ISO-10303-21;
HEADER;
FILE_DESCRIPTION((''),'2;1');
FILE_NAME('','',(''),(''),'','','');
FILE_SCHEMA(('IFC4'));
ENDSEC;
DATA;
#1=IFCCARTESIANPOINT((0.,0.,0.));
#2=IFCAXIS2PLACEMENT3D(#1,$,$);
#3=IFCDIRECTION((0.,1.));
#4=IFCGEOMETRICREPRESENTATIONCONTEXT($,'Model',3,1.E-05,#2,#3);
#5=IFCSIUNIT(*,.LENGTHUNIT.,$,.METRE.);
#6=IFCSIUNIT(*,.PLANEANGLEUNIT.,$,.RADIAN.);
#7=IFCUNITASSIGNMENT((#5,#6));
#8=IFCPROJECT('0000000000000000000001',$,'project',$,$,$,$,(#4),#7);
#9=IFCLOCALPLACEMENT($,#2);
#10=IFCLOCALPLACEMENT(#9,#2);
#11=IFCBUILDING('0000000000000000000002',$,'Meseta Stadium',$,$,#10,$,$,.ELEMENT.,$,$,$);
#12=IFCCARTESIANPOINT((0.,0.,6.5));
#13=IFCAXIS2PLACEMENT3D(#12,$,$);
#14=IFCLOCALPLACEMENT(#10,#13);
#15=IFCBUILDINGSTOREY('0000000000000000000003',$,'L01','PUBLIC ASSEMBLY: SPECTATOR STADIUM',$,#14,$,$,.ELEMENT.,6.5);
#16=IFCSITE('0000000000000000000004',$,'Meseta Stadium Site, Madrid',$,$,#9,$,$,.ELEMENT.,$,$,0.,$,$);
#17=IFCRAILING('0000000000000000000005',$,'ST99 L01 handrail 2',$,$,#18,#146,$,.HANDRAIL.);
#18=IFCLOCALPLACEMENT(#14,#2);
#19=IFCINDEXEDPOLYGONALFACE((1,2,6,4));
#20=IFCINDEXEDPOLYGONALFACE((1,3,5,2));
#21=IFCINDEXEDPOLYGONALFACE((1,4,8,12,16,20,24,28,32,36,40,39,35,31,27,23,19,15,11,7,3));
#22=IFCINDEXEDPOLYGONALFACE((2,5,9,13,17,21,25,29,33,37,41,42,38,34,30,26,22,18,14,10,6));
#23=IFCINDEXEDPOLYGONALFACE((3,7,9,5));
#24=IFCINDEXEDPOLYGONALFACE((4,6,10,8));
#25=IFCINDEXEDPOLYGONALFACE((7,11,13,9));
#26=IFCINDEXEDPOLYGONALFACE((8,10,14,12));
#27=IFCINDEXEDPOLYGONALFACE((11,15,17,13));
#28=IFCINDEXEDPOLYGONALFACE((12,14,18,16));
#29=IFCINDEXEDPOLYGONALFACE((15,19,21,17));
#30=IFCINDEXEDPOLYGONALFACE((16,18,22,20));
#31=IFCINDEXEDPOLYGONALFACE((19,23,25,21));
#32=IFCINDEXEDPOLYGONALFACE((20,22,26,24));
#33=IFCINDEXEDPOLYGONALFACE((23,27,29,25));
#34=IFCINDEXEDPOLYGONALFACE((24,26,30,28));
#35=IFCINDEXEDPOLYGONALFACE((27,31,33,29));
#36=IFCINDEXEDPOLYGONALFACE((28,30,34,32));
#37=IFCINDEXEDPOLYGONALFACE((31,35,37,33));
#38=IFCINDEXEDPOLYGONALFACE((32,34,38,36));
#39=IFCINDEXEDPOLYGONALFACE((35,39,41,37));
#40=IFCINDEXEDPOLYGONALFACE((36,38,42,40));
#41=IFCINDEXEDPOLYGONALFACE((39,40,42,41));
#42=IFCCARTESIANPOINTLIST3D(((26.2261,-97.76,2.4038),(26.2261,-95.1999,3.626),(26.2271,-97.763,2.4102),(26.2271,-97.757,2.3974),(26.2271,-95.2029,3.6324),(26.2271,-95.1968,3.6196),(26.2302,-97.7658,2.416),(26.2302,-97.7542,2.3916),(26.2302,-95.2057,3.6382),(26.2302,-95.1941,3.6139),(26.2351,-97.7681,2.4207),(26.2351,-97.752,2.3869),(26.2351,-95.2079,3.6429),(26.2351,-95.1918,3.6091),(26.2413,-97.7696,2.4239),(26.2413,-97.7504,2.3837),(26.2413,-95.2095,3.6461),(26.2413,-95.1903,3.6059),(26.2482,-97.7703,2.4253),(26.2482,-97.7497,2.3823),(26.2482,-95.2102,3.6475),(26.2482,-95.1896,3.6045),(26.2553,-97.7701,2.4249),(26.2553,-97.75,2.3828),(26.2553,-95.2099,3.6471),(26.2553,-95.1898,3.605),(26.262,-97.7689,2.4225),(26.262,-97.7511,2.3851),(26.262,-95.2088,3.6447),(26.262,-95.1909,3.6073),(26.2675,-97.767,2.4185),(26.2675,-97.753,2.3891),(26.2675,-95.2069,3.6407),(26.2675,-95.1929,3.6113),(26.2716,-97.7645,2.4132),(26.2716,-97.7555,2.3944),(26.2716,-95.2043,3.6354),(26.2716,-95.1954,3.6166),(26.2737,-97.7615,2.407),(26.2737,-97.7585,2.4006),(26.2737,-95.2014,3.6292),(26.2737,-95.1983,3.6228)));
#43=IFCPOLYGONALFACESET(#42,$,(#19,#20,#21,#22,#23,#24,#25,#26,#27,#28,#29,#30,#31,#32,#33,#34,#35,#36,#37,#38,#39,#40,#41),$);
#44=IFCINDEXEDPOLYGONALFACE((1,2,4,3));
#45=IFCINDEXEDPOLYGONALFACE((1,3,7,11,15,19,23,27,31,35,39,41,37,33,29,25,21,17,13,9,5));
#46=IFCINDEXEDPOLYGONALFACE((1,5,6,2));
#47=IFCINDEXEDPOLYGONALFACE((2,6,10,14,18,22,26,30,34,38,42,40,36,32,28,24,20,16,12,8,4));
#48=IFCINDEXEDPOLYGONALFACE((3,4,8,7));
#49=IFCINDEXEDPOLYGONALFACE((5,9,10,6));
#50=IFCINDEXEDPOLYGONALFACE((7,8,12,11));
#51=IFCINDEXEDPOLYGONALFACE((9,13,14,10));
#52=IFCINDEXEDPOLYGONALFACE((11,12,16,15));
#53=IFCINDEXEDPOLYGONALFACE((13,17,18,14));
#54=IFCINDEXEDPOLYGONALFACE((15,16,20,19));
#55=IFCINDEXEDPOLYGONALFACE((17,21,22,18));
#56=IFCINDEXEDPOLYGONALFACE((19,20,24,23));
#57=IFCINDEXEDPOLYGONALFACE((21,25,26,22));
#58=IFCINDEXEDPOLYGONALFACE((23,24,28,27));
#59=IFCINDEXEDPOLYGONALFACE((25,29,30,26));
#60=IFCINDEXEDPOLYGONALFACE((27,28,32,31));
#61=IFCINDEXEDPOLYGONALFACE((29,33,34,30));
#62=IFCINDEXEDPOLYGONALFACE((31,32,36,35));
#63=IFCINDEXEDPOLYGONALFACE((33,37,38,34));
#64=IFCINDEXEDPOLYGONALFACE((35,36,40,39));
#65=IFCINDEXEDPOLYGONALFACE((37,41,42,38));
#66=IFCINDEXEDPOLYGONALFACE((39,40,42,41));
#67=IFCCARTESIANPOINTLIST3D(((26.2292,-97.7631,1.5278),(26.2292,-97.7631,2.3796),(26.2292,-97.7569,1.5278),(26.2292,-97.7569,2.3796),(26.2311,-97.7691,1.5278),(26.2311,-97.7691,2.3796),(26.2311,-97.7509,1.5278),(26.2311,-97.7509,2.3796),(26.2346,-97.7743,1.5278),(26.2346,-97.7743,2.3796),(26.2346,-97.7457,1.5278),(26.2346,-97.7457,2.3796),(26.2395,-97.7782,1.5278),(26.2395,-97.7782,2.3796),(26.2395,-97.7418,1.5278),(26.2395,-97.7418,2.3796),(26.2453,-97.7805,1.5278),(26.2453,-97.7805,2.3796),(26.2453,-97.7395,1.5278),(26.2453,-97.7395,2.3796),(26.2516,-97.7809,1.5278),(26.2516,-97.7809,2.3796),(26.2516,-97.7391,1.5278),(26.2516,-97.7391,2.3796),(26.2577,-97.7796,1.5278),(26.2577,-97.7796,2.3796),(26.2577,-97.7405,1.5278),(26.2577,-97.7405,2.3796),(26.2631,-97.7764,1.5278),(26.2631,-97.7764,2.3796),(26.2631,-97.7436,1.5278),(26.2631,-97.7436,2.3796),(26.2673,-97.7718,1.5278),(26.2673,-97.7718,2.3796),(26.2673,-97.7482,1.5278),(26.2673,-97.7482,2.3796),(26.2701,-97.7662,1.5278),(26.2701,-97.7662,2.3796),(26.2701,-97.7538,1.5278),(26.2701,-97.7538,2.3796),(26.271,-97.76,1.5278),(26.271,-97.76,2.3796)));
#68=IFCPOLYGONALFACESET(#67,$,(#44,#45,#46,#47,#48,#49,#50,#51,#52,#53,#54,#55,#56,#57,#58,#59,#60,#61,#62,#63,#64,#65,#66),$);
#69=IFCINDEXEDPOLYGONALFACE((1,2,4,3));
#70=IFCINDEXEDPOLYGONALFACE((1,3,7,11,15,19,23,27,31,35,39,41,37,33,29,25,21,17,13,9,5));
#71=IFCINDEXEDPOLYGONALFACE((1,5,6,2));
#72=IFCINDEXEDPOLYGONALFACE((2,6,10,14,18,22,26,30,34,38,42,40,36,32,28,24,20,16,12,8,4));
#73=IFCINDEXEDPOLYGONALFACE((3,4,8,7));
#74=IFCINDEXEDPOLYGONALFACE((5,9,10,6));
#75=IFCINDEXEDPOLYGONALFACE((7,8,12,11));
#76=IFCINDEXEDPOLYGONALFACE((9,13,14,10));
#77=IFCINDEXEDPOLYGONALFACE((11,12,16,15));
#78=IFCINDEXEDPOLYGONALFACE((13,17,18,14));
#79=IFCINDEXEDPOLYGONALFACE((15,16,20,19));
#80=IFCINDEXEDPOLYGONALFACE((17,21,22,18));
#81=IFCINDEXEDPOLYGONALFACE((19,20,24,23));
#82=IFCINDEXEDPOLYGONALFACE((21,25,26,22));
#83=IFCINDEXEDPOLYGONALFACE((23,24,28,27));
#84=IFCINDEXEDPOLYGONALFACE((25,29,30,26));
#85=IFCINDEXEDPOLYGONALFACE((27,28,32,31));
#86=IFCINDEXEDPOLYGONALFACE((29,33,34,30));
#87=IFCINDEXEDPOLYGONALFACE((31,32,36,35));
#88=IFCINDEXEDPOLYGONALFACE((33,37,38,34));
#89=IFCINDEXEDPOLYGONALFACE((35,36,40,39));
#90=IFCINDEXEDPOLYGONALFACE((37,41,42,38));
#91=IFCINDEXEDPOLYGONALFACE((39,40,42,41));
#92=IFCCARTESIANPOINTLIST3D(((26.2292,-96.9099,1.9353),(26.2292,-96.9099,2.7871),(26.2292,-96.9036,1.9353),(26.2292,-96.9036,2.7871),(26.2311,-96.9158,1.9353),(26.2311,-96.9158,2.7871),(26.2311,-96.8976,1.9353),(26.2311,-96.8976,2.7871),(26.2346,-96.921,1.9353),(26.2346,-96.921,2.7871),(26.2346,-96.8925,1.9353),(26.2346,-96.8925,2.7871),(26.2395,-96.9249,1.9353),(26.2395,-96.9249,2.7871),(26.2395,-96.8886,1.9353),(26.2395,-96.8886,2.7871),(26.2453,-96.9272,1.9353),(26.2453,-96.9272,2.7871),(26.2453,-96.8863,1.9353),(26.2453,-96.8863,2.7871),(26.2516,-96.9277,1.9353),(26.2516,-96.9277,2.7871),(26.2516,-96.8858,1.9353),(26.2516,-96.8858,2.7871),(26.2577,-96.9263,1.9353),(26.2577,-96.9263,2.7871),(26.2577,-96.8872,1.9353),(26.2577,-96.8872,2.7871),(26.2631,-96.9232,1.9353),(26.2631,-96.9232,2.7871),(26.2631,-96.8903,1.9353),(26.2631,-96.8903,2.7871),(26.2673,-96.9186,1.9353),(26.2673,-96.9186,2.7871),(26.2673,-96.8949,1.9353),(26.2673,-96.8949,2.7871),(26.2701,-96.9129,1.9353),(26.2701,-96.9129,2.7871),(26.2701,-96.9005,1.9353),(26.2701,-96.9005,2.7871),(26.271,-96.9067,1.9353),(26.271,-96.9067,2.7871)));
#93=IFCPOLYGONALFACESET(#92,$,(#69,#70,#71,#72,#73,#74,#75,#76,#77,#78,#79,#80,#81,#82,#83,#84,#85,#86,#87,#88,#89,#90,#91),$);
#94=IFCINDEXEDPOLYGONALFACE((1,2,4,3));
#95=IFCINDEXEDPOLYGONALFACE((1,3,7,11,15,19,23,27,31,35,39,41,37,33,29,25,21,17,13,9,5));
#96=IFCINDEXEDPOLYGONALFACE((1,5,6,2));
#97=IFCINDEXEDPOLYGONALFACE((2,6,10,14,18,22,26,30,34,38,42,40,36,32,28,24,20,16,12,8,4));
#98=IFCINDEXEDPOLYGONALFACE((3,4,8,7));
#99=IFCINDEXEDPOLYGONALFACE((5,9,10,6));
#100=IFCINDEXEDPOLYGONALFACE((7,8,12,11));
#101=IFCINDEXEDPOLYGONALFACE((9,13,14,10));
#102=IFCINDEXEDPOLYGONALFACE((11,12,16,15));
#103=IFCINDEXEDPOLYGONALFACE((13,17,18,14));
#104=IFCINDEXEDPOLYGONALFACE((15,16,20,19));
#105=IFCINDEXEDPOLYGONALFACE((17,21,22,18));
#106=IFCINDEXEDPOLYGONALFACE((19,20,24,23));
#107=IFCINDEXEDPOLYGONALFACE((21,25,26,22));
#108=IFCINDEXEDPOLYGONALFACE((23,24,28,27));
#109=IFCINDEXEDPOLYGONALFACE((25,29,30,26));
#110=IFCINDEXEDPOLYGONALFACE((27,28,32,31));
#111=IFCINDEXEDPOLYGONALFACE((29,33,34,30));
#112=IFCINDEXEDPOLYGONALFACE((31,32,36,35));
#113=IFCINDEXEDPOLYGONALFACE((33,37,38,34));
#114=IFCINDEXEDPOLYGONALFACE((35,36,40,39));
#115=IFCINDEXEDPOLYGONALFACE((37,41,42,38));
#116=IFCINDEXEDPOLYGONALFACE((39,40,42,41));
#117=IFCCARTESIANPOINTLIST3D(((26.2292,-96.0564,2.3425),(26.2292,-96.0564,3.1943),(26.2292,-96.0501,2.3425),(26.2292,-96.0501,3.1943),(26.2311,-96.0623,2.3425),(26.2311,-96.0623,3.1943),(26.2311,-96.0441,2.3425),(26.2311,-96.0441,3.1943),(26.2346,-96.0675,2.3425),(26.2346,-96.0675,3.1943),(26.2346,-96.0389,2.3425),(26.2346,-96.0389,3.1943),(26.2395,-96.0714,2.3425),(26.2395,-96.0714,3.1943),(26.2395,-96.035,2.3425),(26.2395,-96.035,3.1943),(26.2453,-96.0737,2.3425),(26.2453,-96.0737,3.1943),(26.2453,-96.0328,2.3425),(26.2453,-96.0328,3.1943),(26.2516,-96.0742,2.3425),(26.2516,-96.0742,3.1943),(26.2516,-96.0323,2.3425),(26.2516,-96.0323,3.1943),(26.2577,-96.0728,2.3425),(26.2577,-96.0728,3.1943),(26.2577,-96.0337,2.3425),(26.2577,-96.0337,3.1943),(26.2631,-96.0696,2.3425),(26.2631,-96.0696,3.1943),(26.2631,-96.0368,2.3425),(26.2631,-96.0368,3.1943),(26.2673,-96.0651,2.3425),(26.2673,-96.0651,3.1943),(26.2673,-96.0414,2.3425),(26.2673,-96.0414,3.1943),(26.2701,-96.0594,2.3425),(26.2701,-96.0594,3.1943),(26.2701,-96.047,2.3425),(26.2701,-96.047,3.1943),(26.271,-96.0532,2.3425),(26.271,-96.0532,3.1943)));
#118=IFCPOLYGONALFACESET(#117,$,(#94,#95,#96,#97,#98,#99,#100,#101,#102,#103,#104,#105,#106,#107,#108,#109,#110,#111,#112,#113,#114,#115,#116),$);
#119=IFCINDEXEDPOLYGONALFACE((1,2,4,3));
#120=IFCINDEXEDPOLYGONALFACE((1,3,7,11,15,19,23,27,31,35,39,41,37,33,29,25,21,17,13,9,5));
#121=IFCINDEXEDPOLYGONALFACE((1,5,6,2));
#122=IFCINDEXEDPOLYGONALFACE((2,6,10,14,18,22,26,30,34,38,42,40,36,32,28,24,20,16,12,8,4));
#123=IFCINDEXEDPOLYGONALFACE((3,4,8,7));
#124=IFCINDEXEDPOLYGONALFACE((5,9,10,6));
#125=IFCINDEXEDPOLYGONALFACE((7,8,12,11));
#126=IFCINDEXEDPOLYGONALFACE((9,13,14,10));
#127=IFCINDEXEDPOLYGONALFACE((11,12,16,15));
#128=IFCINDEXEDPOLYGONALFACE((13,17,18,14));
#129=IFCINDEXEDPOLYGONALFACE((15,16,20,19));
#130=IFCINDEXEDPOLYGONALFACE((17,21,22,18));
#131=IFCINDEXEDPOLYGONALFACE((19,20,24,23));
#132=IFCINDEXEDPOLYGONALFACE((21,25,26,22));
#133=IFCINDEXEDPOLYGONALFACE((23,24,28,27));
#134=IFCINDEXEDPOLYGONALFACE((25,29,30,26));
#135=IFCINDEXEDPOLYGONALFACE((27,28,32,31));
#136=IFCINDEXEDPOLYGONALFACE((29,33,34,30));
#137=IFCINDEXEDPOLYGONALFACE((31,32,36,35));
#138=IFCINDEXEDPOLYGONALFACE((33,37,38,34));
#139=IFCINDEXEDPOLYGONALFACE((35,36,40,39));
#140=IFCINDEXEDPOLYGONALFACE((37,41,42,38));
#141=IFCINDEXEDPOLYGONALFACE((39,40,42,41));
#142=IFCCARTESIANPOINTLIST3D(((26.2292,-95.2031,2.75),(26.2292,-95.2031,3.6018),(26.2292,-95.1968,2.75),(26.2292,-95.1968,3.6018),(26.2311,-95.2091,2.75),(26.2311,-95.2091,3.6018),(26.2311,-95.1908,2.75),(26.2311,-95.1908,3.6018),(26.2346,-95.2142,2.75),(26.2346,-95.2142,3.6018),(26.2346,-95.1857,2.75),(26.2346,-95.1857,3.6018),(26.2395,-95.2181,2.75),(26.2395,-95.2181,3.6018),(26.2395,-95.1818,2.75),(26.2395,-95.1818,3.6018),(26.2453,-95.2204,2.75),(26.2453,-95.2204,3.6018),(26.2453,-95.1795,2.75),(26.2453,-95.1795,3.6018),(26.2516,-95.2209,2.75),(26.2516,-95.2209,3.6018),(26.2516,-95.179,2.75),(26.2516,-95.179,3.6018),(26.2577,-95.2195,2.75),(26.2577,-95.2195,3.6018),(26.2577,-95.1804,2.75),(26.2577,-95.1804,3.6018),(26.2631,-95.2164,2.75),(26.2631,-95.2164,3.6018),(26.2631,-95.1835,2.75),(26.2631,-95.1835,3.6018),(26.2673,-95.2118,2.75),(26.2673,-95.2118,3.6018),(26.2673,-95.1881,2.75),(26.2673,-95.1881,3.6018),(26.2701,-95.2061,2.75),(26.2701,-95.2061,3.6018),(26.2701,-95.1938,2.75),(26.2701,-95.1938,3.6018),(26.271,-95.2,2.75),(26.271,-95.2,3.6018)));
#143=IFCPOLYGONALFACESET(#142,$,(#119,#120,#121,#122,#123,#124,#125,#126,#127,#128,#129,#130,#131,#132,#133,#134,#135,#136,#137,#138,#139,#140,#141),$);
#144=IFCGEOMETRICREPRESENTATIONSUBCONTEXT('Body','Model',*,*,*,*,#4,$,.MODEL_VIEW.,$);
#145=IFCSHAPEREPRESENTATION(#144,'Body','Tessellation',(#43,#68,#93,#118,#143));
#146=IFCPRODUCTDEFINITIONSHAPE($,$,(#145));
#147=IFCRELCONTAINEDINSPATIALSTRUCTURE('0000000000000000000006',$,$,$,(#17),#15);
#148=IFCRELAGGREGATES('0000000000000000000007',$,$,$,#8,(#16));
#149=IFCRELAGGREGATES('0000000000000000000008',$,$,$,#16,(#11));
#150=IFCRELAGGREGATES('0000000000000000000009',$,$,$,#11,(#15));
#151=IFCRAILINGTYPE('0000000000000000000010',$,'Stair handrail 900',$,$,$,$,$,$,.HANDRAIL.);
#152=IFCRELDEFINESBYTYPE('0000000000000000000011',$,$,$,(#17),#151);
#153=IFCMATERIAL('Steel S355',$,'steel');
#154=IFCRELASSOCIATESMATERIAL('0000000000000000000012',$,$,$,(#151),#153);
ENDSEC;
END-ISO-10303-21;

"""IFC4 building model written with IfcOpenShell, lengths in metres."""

from ifc_helpers import new_model, si_unit, direction, frame, origin, origin_2d, place, context, subcontext, project, spatial, circle, extrude, material, type_object, element, save


model = new_model("IFC4")

# Units and contexts
model_context = context("Model", 3, precision=1e-05, world=origin(), true_north=direction((0.0, 1.0)))
body_context = subcontext(model_context, "Body", "Model", "MODEL_VIEW")
ifc_project = project(units=[si_unit("LENGTHUNIT", "METRE"), si_unit("PLANEANGLEUNIT", "RADIAN")], contexts=[model_context])

# Site, building, storey
site_placement = place(None, origin())
site = spatial("IfcSite", under=ifc_project, at=site_placement, Name="Meseta Stadium Site, Madrid", CompositionType="ELEMENT", RefElevation=0.0)
building_placement = place(site_placement, origin())
building = spatial("IfcBuilding", under=site, at=building_placement, Name="Meseta Stadium", CompositionType="ELEMENT")
storey_placement = place(building_placement, frame((0.0, 0.0, 6.5)))
storey = spatial("IfcBuildingStorey", under=building, at=storey_placement, Name="L01", Description="PUBLIC ASSEMBLY: SPECTATOR STADIUM", CompositionType="ELEMENT", Elevation=6.5)

# Railing
ifc_material_1 = material(Name="Steel S355", Category="steel")
railing_type_1 = type_object("IfcRailingType", Name="Stair handrail 900", PredefinedType="HANDRAIL", material=ifc_material_1)
for number, where, name in (
    (1, (26.25, -97.76, 1.5278), "ST99 L01 handrail 2"),
):
    element("IfcRailing", number, at=place(storey_placement, frame(where)), inside=storey, type_object=railing_type_1, Name=name, PredefinedType="HANDRAIL", context=body_context, shape_type="SweptSolid", body=[
        extrude(circle(Radius=0.0239, at=origin_2d()), frame((0.0, 0.0, 0.876), z_axis=(0.0, 0.902437, 0.430822), x_axis=(-1.0, 0.0, 0.0)), (0.0, 0.0, 1.0), 2.8369),
        extrude(circle(Radius=0.021, at=origin_2d()), origin(), (0.0, 0.0, 1.0), 0.8518),
        extrude(circle(Radius=0.021, at=origin_2d()), frame((0.0, 0.8533, 0.4075)), (0.0, 0.0, 1.0), 0.8518),
        extrude(circle(Radius=0.021, at=origin_2d()), frame((0.0, 1.7068, 0.8147)), (0.0, 0.0, 1.0), 0.8518),
        extrude(circle(Radius=0.021, at=origin_2d()), frame((0.0, 2.5601, 1.2222)), (0.0, 0.0, 1.0), 0.8518),
    ])

save(model, "model.ifc")
